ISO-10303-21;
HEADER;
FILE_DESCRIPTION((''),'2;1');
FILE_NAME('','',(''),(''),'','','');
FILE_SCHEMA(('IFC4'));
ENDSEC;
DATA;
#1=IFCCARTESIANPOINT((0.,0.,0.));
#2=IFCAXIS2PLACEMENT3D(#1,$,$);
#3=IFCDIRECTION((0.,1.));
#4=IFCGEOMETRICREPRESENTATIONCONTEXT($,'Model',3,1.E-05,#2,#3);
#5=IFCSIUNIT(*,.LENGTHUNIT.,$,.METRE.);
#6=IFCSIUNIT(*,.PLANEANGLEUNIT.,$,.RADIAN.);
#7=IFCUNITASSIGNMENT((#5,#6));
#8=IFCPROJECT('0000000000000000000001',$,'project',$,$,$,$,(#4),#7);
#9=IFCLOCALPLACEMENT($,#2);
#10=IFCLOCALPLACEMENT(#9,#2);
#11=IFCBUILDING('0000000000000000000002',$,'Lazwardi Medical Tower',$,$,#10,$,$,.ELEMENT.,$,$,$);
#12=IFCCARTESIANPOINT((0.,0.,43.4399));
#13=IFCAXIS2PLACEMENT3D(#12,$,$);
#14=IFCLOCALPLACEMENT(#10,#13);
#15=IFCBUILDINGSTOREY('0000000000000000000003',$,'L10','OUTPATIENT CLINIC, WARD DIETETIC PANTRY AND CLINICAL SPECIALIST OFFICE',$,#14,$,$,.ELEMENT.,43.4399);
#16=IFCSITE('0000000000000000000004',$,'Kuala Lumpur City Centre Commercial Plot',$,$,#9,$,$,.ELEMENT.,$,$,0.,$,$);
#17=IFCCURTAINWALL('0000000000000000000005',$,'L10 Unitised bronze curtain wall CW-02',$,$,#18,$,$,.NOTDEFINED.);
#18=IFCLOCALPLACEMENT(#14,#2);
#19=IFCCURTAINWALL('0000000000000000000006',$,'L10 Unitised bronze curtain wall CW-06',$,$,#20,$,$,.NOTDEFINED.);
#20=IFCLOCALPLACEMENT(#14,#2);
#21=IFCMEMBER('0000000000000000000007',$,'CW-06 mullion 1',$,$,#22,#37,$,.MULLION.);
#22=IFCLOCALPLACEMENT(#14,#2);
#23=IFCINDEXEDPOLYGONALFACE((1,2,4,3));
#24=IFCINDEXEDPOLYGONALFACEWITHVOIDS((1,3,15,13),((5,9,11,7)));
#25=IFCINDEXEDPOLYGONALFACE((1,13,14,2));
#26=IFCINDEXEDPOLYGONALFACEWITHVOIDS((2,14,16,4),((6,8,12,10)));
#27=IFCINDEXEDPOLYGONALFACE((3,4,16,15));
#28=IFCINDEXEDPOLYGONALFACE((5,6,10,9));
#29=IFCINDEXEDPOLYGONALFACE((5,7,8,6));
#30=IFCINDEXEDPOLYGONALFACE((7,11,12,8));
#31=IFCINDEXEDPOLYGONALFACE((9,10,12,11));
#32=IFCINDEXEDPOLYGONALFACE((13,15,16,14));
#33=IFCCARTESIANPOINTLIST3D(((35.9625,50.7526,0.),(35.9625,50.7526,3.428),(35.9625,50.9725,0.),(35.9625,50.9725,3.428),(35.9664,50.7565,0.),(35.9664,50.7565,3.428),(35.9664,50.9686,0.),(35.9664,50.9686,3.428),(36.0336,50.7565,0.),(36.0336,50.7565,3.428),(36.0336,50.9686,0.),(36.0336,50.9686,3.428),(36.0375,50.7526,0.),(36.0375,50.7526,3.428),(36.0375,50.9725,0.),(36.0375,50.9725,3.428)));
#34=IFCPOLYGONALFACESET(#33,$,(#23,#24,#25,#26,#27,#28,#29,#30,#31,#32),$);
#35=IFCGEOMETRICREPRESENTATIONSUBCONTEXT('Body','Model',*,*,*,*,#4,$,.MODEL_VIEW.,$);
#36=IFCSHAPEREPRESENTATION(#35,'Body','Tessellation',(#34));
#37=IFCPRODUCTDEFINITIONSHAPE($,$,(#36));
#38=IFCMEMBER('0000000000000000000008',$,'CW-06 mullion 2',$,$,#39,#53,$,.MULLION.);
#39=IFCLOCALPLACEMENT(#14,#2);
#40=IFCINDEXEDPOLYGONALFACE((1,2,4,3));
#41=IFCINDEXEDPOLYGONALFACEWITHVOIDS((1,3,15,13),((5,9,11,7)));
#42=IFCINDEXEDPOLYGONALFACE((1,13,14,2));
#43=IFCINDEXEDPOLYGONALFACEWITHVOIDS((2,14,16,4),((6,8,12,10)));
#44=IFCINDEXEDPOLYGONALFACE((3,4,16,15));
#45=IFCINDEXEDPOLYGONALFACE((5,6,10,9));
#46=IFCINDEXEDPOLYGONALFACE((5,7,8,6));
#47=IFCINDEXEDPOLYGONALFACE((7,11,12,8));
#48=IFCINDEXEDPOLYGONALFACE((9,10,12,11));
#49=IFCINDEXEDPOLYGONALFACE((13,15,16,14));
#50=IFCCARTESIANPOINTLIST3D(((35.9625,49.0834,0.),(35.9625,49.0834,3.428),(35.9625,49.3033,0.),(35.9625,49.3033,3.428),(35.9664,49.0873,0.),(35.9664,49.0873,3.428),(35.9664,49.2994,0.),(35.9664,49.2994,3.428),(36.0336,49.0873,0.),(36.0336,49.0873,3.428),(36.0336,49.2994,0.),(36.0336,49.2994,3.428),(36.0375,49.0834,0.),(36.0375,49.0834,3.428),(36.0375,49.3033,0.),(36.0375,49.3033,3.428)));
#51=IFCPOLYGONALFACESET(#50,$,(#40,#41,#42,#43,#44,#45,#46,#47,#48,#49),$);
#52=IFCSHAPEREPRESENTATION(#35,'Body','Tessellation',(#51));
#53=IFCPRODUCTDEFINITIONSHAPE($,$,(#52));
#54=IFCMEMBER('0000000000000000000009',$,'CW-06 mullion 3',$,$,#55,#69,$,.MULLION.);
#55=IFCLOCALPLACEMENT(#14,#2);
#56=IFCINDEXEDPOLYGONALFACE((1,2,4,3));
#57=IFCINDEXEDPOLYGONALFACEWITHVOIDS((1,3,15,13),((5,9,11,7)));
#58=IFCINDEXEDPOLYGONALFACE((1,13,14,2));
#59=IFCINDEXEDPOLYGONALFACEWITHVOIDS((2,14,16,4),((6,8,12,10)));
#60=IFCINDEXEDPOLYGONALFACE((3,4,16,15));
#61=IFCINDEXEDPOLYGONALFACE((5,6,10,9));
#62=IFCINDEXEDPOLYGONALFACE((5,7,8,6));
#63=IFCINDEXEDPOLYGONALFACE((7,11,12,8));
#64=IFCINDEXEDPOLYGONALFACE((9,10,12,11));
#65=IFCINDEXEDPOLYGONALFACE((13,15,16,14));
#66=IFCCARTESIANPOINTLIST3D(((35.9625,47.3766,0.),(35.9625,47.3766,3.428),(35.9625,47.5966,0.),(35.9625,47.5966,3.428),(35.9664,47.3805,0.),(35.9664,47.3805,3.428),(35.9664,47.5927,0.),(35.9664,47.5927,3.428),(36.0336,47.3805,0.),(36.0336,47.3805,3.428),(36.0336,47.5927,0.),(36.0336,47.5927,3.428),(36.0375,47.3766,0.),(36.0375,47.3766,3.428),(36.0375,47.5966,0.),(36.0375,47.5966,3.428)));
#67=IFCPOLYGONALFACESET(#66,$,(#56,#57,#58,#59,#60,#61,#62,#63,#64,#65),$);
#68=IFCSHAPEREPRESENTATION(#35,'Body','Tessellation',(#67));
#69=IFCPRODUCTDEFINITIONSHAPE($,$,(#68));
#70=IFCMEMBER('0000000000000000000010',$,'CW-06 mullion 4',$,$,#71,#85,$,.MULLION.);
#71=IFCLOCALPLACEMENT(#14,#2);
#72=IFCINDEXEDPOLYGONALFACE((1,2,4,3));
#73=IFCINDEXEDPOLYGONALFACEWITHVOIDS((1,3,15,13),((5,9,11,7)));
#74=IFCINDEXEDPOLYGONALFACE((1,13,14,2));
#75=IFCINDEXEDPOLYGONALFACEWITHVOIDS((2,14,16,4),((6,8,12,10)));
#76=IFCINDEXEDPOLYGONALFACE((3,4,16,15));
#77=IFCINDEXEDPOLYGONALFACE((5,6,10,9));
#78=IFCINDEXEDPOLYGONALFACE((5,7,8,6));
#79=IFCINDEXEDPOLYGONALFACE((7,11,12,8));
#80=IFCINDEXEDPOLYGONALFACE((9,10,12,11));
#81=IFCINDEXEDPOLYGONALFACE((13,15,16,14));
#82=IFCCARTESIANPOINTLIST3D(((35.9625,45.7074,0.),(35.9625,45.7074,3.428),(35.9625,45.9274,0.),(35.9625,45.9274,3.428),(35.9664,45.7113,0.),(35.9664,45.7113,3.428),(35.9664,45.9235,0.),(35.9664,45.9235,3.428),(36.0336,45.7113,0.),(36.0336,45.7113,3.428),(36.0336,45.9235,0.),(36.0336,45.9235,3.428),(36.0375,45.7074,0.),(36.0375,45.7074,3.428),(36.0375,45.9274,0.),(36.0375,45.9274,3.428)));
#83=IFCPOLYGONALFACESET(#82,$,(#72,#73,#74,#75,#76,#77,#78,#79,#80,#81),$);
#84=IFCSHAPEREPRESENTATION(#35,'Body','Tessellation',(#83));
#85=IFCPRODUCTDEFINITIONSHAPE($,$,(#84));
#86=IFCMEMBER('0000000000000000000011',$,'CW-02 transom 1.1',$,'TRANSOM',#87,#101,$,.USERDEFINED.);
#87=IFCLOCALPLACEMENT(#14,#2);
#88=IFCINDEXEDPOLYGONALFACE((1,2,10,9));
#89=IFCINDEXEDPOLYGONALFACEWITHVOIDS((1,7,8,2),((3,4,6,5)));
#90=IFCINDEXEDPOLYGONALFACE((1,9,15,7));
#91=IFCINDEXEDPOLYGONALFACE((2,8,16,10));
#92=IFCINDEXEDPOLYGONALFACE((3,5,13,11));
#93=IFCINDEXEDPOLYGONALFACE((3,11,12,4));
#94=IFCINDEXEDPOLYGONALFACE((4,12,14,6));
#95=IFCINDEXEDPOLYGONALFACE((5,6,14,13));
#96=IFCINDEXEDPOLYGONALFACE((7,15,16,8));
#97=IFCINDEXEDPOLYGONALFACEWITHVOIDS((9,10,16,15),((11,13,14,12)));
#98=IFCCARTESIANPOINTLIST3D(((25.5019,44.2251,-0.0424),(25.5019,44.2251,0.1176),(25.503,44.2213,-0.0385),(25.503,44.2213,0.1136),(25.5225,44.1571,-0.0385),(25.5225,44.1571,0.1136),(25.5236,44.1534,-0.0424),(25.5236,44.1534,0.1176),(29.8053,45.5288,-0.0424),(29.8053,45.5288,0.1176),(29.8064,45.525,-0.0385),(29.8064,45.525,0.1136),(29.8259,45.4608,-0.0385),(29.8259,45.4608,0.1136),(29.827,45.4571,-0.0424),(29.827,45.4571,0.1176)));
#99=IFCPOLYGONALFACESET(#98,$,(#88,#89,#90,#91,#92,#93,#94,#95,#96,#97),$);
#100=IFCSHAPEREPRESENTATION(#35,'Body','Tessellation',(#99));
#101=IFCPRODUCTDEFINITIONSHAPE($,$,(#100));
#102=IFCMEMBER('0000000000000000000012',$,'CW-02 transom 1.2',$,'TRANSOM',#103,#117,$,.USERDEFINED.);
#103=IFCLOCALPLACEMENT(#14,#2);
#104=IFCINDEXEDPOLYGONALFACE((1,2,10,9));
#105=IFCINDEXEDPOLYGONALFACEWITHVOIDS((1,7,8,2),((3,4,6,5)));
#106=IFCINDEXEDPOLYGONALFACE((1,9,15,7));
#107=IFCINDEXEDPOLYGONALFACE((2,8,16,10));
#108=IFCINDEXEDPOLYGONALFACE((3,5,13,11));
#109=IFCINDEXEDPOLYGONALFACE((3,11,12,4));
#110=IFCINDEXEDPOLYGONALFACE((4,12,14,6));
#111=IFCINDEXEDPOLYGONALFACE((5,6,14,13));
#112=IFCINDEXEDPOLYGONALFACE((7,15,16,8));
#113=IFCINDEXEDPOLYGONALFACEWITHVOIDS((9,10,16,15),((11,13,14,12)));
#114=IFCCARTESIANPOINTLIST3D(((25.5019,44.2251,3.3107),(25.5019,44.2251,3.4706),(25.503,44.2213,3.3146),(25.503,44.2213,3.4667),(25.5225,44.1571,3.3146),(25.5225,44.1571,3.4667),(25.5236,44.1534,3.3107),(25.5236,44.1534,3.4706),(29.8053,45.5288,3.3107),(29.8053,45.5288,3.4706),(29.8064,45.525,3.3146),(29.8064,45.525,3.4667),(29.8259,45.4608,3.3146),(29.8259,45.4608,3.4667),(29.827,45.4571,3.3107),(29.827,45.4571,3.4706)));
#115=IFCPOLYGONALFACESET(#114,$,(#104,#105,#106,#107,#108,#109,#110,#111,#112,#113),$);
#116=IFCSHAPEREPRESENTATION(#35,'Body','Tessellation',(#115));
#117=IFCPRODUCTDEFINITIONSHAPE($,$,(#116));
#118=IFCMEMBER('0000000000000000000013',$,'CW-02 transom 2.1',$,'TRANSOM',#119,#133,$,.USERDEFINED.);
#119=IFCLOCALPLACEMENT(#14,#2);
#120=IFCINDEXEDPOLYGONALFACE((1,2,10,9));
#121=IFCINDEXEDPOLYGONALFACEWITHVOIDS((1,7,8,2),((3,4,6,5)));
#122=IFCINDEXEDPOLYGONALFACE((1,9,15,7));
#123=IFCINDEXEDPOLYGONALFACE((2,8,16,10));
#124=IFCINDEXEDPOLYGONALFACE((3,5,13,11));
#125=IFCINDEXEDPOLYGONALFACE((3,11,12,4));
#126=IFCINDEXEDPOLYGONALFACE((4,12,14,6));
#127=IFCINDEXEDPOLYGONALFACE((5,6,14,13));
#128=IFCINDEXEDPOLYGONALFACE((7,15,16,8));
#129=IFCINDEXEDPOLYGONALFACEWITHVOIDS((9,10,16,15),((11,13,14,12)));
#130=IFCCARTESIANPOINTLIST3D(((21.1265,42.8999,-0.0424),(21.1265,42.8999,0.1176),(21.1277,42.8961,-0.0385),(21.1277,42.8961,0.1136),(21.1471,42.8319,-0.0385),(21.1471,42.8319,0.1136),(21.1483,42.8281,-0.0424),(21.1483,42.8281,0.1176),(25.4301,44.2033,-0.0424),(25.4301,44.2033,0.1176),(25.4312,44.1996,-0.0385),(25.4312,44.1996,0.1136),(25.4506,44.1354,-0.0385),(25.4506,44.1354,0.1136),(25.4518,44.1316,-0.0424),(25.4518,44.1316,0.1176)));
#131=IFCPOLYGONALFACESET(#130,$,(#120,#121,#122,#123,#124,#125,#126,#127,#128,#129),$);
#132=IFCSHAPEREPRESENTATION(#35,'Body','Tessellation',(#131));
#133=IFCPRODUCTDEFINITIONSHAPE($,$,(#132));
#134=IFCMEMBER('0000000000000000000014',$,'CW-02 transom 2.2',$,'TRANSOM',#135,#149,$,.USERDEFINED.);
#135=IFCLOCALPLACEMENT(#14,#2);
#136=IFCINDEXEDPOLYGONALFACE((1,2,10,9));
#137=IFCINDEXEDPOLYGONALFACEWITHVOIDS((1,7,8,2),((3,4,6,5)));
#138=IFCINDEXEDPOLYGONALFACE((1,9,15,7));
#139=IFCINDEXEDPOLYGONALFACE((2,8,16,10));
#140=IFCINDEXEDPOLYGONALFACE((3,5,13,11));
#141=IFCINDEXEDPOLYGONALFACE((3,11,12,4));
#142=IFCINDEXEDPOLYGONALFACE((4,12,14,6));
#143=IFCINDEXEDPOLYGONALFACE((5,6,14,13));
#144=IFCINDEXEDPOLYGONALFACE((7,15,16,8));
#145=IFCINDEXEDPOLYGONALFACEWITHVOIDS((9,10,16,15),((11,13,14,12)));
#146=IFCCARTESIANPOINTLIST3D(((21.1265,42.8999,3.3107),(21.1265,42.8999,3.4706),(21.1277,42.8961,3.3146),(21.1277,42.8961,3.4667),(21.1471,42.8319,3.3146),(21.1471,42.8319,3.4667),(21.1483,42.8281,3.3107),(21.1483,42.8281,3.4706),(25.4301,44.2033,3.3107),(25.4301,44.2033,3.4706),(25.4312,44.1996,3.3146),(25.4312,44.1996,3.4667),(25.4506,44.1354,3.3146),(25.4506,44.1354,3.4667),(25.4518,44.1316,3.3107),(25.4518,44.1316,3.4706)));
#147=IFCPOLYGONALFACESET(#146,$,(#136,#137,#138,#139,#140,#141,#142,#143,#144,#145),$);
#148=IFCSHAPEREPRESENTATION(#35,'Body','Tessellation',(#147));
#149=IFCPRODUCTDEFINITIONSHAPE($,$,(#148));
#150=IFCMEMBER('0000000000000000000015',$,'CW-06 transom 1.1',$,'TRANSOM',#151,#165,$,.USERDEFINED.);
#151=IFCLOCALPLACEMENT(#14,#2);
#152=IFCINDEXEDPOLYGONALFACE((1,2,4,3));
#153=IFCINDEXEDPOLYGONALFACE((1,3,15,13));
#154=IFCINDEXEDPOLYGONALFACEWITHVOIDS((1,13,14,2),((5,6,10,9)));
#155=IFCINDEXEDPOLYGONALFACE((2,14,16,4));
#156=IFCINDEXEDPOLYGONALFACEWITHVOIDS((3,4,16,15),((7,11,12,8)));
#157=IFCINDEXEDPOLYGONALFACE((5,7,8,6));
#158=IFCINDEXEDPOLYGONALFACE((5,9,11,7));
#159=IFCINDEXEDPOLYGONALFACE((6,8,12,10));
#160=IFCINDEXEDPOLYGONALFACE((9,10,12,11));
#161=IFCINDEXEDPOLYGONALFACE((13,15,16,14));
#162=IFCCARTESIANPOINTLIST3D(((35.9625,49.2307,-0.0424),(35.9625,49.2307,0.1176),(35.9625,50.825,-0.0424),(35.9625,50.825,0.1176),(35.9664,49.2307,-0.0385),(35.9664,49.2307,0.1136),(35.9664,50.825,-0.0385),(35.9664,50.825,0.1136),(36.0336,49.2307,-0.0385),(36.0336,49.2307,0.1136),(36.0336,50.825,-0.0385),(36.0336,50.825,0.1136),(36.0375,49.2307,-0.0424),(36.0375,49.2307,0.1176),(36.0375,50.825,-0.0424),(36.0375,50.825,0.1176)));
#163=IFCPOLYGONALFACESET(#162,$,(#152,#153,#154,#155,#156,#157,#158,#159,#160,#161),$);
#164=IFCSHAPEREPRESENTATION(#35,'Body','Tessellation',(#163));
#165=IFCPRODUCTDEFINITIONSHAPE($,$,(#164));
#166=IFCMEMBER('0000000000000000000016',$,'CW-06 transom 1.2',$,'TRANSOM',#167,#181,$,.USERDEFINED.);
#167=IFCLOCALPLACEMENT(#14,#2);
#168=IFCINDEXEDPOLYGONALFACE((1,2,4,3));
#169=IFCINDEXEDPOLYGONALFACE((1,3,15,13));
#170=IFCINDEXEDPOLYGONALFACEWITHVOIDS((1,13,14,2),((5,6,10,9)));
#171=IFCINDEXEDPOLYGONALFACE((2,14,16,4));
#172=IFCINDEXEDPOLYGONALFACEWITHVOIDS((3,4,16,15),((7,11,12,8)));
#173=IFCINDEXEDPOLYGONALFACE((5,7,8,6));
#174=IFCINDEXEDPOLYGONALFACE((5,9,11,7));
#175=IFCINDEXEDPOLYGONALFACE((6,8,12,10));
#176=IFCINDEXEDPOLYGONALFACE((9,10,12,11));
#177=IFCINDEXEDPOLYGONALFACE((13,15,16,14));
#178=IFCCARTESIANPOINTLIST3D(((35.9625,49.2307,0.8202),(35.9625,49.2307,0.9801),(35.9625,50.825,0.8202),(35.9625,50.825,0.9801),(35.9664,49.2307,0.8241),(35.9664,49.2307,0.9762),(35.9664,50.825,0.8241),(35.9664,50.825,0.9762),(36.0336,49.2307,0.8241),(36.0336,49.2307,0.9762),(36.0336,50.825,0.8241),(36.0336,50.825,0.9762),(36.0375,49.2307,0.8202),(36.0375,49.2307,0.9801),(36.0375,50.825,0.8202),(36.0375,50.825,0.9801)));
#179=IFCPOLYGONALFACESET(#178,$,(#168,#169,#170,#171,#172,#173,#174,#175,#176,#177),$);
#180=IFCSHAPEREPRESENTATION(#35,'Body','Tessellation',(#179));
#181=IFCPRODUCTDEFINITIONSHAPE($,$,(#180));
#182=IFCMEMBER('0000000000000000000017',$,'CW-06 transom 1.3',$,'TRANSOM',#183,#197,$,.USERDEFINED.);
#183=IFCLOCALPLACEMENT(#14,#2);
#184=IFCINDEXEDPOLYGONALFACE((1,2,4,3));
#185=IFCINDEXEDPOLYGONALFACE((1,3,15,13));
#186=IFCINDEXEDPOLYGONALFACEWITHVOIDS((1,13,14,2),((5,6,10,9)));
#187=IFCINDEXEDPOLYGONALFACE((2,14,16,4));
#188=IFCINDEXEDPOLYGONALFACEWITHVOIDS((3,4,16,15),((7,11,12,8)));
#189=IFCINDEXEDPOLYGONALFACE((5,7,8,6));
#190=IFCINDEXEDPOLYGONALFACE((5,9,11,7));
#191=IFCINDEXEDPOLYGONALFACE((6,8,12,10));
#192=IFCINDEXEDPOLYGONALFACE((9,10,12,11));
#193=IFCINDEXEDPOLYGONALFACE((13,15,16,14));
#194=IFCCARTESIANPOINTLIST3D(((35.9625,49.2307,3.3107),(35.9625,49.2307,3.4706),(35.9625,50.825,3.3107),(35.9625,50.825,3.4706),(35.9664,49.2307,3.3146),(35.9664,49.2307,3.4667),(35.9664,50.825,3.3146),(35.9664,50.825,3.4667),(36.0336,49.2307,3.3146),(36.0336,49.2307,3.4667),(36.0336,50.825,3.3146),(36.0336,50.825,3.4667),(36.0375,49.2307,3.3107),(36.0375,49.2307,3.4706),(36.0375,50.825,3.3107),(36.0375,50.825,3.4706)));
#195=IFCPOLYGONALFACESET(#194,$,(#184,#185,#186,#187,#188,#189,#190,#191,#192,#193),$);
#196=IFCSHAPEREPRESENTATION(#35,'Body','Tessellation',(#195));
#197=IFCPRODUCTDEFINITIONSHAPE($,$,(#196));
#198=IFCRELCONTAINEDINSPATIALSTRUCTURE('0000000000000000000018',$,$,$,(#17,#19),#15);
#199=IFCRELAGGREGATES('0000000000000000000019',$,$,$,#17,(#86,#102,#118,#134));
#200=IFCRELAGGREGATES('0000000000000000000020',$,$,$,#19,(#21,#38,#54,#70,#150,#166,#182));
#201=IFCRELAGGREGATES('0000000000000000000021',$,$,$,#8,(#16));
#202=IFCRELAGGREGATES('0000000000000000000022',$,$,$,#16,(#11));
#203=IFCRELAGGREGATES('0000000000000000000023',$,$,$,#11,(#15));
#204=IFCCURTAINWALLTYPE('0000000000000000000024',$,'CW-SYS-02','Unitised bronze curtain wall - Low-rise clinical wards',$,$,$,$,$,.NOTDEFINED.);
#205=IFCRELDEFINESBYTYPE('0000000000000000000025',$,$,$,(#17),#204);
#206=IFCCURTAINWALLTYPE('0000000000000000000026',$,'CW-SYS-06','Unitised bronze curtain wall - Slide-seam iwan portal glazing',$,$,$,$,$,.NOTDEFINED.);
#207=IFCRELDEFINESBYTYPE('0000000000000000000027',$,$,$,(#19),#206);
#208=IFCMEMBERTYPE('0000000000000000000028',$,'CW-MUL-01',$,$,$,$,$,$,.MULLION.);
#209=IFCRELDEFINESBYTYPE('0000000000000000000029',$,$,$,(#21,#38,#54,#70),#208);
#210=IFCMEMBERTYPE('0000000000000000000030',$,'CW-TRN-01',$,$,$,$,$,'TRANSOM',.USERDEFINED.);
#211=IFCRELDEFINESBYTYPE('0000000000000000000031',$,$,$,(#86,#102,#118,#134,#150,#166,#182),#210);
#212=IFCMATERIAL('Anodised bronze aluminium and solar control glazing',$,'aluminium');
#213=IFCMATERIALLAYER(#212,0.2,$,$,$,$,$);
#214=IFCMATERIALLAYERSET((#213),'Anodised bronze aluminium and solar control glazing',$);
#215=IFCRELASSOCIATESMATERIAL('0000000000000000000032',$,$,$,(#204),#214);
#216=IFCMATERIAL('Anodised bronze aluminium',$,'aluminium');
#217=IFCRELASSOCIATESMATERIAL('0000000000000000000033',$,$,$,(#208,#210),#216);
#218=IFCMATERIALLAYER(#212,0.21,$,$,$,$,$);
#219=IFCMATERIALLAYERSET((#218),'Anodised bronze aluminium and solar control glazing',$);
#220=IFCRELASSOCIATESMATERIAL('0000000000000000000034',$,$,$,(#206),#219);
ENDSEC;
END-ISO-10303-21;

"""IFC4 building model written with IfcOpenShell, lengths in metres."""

from ifc_helpers import new_model, si_unit, direction, frame, origin, origin_2d, place, context, subcontext, project, spatial, hollow_rectangle, extrude, material, layer, layer_set, material_profile, profile_set, type_object, element, aggregate, save


model = new_model("IFC4")

# Units and contexts
model_context = context("Model", 3, precision=1e-05, world=origin(), true_north=direction((0.0, 1.0)))
body_context = subcontext(model_context, "Body", "Model", "MODEL_VIEW")
ifc_project = project(units=[si_unit("LENGTHUNIT", "METRE"), si_unit("PLANEANGLEUNIT", "RADIAN")], contexts=[model_context])

# Site, building, storey
site_placement = place(None, origin())
site = spatial("IfcSite", under=ifc_project, at=site_placement, Name="Kuala Lumpur City Centre Commercial Plot", CompositionType="ELEMENT", RefElevation=0.0)
building_placement = place(site_placement, origin())
building = spatial("IfcBuilding", under=site, at=building_placement, Name="Lazwardi Medical Tower", CompositionType="ELEMENT")
storey_placement = place(building_placement, frame((0.0, 0.0, 43.4399)))
storey = spatial("IfcBuildingStorey", under=building, at=storey_placement, Name="L10", Description="OUTPATIENT CLINIC, WARD DIETETIC PANTRY AND CLINICAL SPECIALIST OFFICE", CompositionType="ELEMENT", Elevation=43.4399)

# Curtain walls, members
ifc_material_1 = material(Name="Anodised bronze aluminium and solar control glazing", Category="aluminium")
ifc_layer_1 = layer(ifc_material_1, 0.2)
ifc_layer_set_1 = layer_set([ifc_layer_1], Name="Anodised bronze aluminium and solar control glazing")
curtain_wall_type_1 = type_object("IfcCurtainWallType", Name="CW-SYS-02", Description="Unitised bronze curtain wall - Low-rise clinical wards", PredefinedType="NOTDEFINED", material=ifc_layer_set_1)
curtain_wall_1_placement = place(storey_placement, origin())
curtain_wall_1 = element("IfcCurtainWall", 1, at=curtain_wall_1_placement, inside=storey, type_object=curtain_wall_type_1, Name="L10 Unitised bronze curtain wall CW-02", PredefinedType="NOTDEFINED")
ifc_material_2 = material(Name="Anodised bronze aluminium", Category="aluminium")
ifc_material_profile_1 = material_profile(ifc_material_2, hollow_rectangle(XDim=0.075, YDim=0.22, WallThickness=0.0039, at=origin_2d()), Name="ALU-MULLION 220x75x4")
ifc_profile_set_1 = profile_set([ifc_material_profile_1], Name="Anodised bronze aluminium")
member_type_1 = type_object("IfcMemberType", Name="CW-MUL-01", PredefinedType="MULLION", material=ifc_profile_set_1)
ifc_layer_2 = layer(ifc_material_1, 0.21)
ifc_layer_set_2 = layer_set([ifc_layer_2], Name="Anodised bronze aluminium and solar control glazing")
curtain_wall_type_2 = type_object("IfcCurtainWallType", Name="CW-SYS-06", Description="Unitised bronze curtain wall - Slide-seam iwan portal glazing", PredefinedType="NOTDEFINED", material=ifc_layer_set_2)
curtain_wall_2_placement = place(storey_placement, origin())
curtain_wall_2 = element("IfcCurtainWall", 2, at=curtain_wall_2_placement, inside=storey, type_object=curtain_wall_type_2, Name="L10 Unitised bronze curtain wall CW-06", PredefinedType="NOTDEFINED")
member_1_placement = place(storey_placement, frame((36.0, 50.8625, 0.0), z_axis=(0.0, 0.0, 1.0), x_axis=(1.0, 0.0, 0.0)))
member_1 = element("IfcMember", 3, at=member_1_placement, type_object=member_type_1, Name="CW-06 mullion 1", PredefinedType="MULLION", context=body_context, shape_type="SweptSolid", body=[
    extrude(hollow_rectangle(XDim=0.075, YDim=0.22, WallThickness=0.0039, at=origin_2d()), origin(), (0.0, 0.0, 1.0), 3.428),
])
member_2_placement = place(storey_placement, frame((36.0, 49.1934, 0.0), z_axis=(0.0, 0.0, 1.0), x_axis=(1.0, 0.0, 0.0)))
member_2 = element("IfcMember", 4, at=member_2_placement, type_object=member_type_1, Name="CW-06 mullion 2", PredefinedType="MULLION", context=body_context, shape_type="SweptSolid", body=[
    extrude(hollow_rectangle(XDim=0.075, YDim=0.22, WallThickness=0.0039, at=origin_2d()), origin(), (0.0, 0.0, 1.0), 3.428),
])
member_3_placement = place(storey_placement, frame((36.0, 47.4866, 0.0), z_axis=(0.0, 0.0, 1.0), x_axis=(1.0, 0.0, 0.0)))
member_3 = element("IfcMember", 5, at=member_3_placement, type_object=member_type_1, Name="CW-06 mullion 3", PredefinedType="MULLION", context=body_context, shape_type="SweptSolid", body=[
    extrude(hollow_rectangle(XDim=0.075, YDim=0.22, WallThickness=0.0039, at=origin_2d()), origin(), (0.0, 0.0, 1.0), 3.428),
])
member_4_placement = place(storey_placement, frame((36.0, 45.8174, 0.0), z_axis=(0.0, 0.0, 1.0), x_axis=(1.0, 0.0, 0.0)))
member_4 = element("IfcMember", 6, at=member_4_placement, type_object=member_type_1, Name="CW-06 mullion 4", PredefinedType="MULLION", context=body_context, shape_type="SweptSolid", body=[
    extrude(hollow_rectangle(XDim=0.075, YDim=0.22, WallThickness=0.0039, at=origin_2d()), origin(), (0.0, 0.0, 1.0), 3.428),
])

# Members
ifc_material_profile_2 = material_profile(ifc_material_2, hollow_rectangle(XDim=0.075, YDim=0.1599, WallThickness=0.0039, at=origin_2d()), Name="ALU-TRANSOM 160x75x4")
ifc_profile_set_2 = profile_set([ifc_material_profile_2], Name="Anodised bronze aluminium")
member_type_2 = type_object("IfcMemberType", Name="CW-TRN-01", ElementType="TRANSOM", PredefinedType="USERDEFINED", material=ifc_profile_set_2)
member_5_placement = place(storey_placement, frame((29.8162, 45.4929, 0.0376), z_axis=(-0.957047, -0.289932, 0.0), x_axis=(0.289932, -0.957047, 0.0)))
member_5 = element("IfcMember", 7, at=member_5_placement, type_object=member_type_2, Name="CW-02 transom 1.1", ObjectType="TRANSOM", PredefinedType="USERDEFINED", context=body_context, shape_type="SweptSolid", body=[
    extrude(hollow_rectangle(XDim=0.075, YDim=0.1599, WallThickness=0.0039, at=origin_2d()), origin(), (0.0, 0.0, 1.0), 4.4966),
])
member_6_placement = place(storey_placement, frame((29.8162, 45.4929, 3.3906), z_axis=(-0.957047, -0.289932, 0.0), x_axis=(0.289932, -0.957047, 0.0)))
member_6 = element("IfcMember", 8, at=member_6_placement, type_object=member_type_2, Name="CW-02 transom 1.2", ObjectType="TRANSOM", PredefinedType="USERDEFINED", context=body_context, shape_type="SweptSolid", body=[
    extrude(hollow_rectangle(XDim=0.075, YDim=0.1599, WallThickness=0.0039, at=origin_2d()), origin(), (0.0, 0.0, 1.0), 4.4966),
])
member_7_placement = place(storey_placement, frame((25.4409, 44.1675, 0.0376), z_axis=(-0.957062, -0.289882, 0.0), x_axis=(0.289882, -0.957062, 0.0)))
member_7 = element("IfcMember", 9, at=member_7_placement, type_object=member_type_2, Name="CW-02 transom 2.1", ObjectType="TRANSOM", PredefinedType="USERDEFINED", context=body_context, shape_type="SweptSolid", body=[
    extrude(hollow_rectangle(XDim=0.075, YDim=0.1599, WallThickness=0.0039, at=origin_2d()), origin(), (0.0, 0.0, 1.0), 4.4966),
])
member_8_placement = place(storey_placement, frame((25.4409, 44.1675, 3.3906), z_axis=(-0.957062, -0.289882, 0.0), x_axis=(0.289882, -0.957062, 0.0)))
member_8 = element("IfcMember", 10, at=member_8_placement, type_object=member_type_2, Name="CW-02 transom 2.2", ObjectType="TRANSOM", PredefinedType="USERDEFINED", context=body_context, shape_type="SweptSolid", body=[
    extrude(hollow_rectangle(XDim=0.075, YDim=0.1599, WallThickness=0.0039, at=origin_2d()), origin(), (0.0, 0.0, 1.0), 4.4966),
])
member_9_placement = place(storey_placement, frame((36.0, 50.825, 0.0376), z_axis=(0.0, -1.0, 0.0), x_axis=(1.0, 0.0, 0.0)))
member_9 = element("IfcMember", 11, at=member_9_placement, type_object=member_type_2, Name="CW-06 transom 1.1", ObjectType="TRANSOM", PredefinedType="USERDEFINED", context=body_context, shape_type="SweptSolid", body=[
    extrude(hollow_rectangle(XDim=0.075, YDim=0.1599, WallThickness=0.0039, at=origin_2d()), origin(), (0.0, 0.0, 1.0), 1.5942),
])
member_10_placement = place(storey_placement, frame((36.0, 50.825, 0.9001), z_axis=(0.0, -1.0, 0.0), x_axis=(1.0, 0.0, 0.0)))
member_10 = element("IfcMember", 12, at=member_10_placement, type_object=member_type_2, Name="CW-06 transom 1.2", ObjectType="TRANSOM", PredefinedType="USERDEFINED", context=body_context, shape_type="SweptSolid", body=[
    extrude(hollow_rectangle(XDim=0.075, YDim=0.1599, WallThickness=0.0039, at=origin_2d()), origin(), (0.0, 0.0, 1.0), 1.5942),
])
member_11_placement = place(storey_placement, frame((36.0, 50.825, 3.3906), z_axis=(0.0, -1.0, 0.0), x_axis=(1.0, 0.0, 0.0)))
member_11 = element("IfcMember", 13, at=member_11_placement, type_object=member_type_2, Name="CW-06 transom 1.3", ObjectType="TRANSOM", PredefinedType="USERDEFINED", context=body_context, shape_type="SweptSolid", body=[
    extrude(hollow_rectangle(XDim=0.075, YDim=0.1599, WallThickness=0.0039, at=origin_2d()), origin(), (0.0, 0.0, 1.0), 1.5942),
])

aggregate(curtain_wall_1, [member_5, member_6, member_7, member_8])
aggregate(curtain_wall_2, [member_1, member_2, member_3, member_4, member_9, member_10, member_11])

save(model, "model.ifc")
